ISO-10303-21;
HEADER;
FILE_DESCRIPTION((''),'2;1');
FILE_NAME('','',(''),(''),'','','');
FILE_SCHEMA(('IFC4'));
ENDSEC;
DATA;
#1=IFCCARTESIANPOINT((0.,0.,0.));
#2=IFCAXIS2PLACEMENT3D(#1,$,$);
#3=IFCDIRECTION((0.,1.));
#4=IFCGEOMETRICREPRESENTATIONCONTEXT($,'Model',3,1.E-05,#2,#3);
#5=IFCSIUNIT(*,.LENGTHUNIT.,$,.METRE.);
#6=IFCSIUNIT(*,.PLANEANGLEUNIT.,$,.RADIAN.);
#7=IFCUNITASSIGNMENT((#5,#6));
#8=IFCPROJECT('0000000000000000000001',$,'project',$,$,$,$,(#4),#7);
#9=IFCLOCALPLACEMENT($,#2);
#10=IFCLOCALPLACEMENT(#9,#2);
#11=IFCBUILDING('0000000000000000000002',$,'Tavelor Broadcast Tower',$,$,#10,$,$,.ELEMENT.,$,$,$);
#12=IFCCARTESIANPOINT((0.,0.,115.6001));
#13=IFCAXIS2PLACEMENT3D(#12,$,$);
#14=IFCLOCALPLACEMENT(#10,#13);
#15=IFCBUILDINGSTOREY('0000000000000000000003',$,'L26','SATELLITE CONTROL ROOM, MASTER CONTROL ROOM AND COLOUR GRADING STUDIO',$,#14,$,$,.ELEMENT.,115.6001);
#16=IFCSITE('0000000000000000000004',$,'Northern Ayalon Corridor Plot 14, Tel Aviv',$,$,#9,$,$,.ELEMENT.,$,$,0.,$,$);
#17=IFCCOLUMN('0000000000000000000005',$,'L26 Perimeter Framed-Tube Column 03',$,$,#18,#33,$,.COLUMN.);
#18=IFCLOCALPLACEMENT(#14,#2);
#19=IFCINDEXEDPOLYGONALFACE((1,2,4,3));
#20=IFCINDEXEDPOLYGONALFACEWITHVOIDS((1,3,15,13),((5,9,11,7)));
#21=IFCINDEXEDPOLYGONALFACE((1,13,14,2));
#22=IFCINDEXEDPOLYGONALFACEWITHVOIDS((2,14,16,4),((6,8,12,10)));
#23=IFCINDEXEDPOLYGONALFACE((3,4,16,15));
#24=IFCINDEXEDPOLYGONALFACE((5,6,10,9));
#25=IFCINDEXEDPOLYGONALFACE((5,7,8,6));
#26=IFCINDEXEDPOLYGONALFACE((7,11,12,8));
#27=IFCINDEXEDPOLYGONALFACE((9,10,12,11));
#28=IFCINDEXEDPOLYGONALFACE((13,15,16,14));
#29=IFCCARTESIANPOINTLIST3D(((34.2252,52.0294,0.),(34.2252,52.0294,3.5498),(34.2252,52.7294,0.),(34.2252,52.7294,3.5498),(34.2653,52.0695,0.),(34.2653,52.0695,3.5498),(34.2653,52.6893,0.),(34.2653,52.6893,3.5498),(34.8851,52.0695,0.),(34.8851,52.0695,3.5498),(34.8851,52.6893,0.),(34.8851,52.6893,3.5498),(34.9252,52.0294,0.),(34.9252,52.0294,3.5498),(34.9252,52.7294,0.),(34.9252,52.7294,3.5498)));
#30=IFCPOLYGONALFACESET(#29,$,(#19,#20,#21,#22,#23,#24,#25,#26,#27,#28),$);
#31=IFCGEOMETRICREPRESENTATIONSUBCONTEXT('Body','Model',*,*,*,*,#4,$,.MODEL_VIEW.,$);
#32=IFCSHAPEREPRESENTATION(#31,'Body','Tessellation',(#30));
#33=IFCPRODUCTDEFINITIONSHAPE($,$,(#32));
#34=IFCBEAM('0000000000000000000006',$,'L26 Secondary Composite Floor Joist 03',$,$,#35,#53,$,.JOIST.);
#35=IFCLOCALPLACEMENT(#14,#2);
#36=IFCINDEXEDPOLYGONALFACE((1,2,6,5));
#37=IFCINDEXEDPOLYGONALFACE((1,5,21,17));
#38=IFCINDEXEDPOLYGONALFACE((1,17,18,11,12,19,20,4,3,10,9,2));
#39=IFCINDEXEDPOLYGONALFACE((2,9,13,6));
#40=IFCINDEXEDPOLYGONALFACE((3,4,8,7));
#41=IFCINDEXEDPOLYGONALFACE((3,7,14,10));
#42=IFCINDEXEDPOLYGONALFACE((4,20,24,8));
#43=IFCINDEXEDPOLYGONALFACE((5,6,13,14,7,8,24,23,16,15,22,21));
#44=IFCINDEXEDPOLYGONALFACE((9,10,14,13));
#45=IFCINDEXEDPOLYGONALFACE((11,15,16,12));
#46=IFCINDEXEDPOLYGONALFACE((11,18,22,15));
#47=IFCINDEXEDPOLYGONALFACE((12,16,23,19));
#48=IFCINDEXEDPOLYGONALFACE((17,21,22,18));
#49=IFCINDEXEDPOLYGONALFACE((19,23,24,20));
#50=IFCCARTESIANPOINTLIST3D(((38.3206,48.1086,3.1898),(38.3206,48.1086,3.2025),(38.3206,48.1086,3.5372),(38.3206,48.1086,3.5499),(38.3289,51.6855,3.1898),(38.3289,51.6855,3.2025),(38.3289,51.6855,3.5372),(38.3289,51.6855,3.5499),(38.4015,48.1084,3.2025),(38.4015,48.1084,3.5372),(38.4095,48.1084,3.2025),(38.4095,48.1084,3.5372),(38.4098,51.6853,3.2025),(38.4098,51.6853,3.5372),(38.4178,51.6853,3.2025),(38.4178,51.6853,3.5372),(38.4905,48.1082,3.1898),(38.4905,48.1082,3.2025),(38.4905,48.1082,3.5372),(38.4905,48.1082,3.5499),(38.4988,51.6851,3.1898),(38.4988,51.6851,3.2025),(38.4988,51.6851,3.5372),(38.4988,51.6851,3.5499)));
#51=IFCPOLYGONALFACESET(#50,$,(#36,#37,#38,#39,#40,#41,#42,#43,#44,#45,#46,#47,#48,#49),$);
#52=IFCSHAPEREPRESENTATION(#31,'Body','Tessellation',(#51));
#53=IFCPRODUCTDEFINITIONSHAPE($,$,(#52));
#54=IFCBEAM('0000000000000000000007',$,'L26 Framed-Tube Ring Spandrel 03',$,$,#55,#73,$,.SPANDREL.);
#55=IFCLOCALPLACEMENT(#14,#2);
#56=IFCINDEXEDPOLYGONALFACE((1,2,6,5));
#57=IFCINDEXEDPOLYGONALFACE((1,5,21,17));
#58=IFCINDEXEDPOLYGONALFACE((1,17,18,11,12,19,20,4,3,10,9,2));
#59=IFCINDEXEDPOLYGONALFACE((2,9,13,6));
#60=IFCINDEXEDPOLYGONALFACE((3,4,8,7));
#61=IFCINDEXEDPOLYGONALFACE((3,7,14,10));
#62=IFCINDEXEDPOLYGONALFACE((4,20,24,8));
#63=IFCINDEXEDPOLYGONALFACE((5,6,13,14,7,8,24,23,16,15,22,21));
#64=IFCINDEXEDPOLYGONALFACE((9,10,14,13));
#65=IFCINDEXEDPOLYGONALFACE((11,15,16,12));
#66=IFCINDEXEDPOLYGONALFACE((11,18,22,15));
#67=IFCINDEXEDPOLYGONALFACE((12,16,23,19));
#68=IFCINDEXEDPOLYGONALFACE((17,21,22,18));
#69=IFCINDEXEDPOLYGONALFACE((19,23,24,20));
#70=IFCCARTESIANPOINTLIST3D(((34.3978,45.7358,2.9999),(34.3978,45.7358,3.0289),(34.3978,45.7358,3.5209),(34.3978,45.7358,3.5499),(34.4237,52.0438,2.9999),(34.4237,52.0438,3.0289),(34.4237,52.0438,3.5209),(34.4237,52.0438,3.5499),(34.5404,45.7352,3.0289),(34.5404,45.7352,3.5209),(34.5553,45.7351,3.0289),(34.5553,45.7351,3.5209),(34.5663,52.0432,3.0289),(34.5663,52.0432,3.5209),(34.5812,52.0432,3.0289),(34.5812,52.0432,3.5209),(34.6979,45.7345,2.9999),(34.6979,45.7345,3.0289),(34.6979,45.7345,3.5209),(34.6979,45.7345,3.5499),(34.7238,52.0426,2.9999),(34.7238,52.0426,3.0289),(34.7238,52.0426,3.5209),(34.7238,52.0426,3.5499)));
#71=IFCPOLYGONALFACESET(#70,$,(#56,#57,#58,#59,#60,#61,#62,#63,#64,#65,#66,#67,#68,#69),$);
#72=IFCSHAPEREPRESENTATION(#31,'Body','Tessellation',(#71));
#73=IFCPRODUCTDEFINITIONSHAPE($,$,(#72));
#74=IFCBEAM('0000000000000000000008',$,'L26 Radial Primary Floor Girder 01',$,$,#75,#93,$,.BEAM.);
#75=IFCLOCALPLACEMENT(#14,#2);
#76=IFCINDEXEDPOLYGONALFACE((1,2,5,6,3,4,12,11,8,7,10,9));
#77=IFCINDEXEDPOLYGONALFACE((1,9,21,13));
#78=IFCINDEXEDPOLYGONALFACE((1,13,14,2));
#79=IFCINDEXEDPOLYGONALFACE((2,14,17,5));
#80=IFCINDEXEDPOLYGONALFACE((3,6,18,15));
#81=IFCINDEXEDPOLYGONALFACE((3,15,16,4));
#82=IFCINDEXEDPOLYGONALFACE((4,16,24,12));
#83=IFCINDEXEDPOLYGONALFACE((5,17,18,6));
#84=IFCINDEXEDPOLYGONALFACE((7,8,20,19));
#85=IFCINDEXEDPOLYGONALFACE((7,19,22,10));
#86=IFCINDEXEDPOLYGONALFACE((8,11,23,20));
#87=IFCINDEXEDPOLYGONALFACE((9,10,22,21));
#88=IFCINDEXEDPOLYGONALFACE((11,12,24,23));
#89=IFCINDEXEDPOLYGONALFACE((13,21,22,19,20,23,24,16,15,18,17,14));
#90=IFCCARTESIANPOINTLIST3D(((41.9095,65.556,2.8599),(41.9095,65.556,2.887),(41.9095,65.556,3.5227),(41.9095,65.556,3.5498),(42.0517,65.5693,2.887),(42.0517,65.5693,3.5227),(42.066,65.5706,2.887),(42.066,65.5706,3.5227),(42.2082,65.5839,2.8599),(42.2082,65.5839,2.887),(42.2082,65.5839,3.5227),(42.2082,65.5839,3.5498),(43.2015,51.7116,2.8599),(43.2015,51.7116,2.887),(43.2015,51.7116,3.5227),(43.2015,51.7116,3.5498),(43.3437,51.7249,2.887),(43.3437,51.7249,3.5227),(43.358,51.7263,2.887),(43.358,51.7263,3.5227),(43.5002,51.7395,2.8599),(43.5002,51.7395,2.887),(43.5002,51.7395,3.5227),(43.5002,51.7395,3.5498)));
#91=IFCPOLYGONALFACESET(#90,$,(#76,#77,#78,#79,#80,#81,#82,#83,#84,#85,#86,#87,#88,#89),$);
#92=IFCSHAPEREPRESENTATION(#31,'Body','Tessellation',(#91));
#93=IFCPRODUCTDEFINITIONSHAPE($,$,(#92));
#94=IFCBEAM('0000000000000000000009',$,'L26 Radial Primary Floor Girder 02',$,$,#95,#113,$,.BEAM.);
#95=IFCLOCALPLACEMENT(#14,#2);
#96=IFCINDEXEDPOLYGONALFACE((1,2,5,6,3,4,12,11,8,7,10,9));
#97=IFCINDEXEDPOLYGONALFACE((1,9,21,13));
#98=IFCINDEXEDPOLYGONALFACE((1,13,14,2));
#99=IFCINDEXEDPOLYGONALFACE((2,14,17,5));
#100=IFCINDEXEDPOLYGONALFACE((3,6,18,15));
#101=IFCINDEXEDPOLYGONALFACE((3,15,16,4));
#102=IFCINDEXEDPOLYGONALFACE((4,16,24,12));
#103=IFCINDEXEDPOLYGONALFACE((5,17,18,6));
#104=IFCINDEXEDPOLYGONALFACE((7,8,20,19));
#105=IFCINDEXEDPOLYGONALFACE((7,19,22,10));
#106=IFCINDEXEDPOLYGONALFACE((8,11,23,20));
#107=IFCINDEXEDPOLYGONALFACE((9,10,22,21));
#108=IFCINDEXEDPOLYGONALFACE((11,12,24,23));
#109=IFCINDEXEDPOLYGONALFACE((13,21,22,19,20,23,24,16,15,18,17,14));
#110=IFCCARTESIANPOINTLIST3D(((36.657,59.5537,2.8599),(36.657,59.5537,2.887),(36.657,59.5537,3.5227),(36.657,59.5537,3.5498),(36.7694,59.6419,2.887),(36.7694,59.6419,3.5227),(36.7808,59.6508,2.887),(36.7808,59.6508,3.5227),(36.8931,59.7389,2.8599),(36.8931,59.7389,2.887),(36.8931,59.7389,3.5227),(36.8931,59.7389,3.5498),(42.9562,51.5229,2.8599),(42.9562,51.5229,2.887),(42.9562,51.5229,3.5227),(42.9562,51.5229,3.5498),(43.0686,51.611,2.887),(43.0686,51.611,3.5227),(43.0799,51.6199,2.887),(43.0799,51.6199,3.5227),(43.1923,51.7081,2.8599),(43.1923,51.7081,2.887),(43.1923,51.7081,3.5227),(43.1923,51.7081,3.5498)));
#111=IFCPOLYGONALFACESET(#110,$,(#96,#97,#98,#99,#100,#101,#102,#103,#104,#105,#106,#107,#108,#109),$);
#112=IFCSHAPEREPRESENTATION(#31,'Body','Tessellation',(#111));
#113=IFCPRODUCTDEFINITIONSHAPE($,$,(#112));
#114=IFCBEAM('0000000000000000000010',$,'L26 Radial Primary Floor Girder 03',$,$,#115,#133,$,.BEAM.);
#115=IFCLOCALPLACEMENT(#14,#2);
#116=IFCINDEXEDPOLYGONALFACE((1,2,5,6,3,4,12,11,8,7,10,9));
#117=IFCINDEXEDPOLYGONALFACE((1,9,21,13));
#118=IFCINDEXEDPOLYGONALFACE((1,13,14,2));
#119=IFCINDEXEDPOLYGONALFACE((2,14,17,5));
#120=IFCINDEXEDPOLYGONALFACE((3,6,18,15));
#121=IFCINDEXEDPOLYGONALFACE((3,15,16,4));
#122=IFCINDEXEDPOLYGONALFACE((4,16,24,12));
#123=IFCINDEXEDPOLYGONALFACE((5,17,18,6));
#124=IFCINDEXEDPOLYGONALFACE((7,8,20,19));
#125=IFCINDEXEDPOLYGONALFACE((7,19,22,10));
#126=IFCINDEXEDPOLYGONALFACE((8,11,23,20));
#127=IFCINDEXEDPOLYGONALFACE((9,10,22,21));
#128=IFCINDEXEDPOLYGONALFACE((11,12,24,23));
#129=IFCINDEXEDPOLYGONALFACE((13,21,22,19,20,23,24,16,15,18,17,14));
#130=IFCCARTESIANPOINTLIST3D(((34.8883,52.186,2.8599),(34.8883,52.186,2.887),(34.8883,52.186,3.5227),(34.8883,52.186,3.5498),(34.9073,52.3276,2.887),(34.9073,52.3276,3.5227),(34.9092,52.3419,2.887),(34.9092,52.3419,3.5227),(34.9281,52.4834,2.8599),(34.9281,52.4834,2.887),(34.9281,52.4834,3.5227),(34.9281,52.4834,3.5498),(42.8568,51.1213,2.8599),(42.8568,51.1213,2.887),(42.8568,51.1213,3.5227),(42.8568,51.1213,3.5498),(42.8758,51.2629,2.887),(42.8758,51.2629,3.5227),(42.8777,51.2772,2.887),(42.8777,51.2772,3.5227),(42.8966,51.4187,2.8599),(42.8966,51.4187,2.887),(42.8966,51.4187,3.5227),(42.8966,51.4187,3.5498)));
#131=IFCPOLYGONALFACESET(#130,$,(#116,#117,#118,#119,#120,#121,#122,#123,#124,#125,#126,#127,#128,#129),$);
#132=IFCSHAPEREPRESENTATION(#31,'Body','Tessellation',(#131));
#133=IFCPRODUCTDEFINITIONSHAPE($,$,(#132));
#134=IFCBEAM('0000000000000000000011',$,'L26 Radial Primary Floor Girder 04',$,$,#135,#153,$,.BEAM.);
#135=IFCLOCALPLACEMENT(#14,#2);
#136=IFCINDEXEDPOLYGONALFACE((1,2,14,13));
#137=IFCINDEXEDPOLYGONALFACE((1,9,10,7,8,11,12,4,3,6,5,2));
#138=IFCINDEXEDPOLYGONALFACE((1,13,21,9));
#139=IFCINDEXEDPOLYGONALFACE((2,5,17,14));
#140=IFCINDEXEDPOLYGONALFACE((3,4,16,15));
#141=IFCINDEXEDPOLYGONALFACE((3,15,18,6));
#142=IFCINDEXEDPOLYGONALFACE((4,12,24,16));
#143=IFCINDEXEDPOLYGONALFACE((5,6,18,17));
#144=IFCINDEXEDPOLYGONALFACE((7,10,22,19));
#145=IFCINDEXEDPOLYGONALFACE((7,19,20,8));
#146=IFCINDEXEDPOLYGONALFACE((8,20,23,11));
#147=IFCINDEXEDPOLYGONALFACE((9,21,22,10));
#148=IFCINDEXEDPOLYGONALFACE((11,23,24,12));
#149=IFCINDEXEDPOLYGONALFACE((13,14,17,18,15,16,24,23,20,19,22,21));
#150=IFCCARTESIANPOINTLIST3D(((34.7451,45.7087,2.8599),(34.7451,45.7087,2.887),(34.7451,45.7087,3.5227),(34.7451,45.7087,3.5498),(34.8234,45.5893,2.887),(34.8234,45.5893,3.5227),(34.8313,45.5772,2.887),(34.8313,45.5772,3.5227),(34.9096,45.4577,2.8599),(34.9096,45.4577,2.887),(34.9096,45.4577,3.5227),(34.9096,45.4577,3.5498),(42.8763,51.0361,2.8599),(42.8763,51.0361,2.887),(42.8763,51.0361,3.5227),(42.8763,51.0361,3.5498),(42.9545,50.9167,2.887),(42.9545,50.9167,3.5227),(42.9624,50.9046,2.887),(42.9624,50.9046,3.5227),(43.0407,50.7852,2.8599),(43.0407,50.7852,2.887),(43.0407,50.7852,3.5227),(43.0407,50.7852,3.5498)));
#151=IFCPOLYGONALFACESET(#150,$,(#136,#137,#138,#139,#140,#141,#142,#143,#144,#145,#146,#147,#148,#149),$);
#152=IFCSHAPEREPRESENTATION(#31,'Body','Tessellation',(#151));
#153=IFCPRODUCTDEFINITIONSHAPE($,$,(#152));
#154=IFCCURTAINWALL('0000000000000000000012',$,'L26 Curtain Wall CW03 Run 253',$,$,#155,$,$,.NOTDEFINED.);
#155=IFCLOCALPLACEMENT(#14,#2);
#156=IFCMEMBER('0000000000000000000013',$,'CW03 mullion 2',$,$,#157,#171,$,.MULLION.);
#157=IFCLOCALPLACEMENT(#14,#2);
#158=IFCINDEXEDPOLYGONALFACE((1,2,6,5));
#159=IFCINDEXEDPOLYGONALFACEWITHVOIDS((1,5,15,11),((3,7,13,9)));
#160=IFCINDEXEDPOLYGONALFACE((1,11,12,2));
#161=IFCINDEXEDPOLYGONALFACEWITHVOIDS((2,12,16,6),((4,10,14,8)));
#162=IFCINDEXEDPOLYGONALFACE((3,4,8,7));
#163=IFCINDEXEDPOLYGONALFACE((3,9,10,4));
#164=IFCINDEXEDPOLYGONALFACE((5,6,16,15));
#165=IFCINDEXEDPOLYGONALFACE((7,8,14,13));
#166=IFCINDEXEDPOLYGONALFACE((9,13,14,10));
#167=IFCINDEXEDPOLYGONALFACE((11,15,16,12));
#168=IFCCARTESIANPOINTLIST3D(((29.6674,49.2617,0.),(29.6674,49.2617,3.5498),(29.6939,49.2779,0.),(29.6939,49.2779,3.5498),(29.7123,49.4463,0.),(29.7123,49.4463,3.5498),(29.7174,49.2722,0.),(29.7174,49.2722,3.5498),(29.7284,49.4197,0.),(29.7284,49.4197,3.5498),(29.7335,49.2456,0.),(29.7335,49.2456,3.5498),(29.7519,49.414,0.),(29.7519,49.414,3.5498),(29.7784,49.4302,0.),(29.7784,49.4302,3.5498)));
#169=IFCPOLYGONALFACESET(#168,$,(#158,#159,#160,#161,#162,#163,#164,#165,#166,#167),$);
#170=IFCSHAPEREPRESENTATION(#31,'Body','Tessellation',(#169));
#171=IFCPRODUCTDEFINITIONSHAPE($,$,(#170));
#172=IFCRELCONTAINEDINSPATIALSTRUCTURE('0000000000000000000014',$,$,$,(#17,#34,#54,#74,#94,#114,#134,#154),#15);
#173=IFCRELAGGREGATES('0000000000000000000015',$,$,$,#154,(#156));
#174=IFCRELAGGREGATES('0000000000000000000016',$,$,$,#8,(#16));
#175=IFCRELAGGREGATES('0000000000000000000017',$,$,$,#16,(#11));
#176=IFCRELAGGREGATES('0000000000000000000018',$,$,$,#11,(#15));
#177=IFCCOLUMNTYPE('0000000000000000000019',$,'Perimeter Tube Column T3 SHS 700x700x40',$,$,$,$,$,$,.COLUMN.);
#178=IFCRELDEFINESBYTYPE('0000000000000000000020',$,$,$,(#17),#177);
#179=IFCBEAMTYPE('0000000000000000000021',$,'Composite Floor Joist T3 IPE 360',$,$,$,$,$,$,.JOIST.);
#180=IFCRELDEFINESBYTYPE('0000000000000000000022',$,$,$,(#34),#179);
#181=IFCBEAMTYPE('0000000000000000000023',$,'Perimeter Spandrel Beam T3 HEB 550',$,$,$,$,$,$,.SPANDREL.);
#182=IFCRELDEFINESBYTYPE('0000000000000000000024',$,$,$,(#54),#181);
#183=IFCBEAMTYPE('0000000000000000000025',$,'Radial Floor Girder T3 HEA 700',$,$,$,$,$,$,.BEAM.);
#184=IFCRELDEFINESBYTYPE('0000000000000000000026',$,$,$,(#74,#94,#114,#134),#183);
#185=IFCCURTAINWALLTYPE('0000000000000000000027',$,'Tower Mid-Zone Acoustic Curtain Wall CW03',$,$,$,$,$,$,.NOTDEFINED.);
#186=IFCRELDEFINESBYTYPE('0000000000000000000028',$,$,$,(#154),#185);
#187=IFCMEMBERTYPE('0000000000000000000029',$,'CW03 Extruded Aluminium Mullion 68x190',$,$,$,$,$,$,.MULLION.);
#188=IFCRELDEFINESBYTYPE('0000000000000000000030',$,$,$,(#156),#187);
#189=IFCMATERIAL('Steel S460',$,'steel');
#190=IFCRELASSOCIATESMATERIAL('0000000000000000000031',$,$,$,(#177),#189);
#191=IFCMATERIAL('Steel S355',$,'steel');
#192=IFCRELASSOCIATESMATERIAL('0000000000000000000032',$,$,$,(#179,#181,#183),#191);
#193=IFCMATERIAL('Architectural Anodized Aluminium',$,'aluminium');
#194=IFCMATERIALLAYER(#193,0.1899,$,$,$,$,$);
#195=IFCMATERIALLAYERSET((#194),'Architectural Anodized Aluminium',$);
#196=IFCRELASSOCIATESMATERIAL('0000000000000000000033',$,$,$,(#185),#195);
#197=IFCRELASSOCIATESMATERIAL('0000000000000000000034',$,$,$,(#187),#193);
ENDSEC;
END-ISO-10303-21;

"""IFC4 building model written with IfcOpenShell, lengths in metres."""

from ifc_helpers import new_model, si_unit, direction, frame, origin, origin_2d, place, context, subcontext, project, spatial, hollow_rectangle, i_section, extrude, source, transform, mapped, material, layer, layer_set, material_profile, profile_set, type_object, type_shapes, element, aggregate, save


model = new_model("IFC4")

# Units and contexts
model_context = context("Model", 3, precision=1e-05, world=origin(), true_north=direction((0.0, 1.0)))
body_context = subcontext(model_context, "Body", "Model", "MODEL_VIEW")
ifc_project = project(units=[si_unit("LENGTHUNIT", "METRE"), si_unit("PLANEANGLEUNIT", "RADIAN")], contexts=[model_context])

# Site, building, storey
site_placement = place(None, origin())
site = spatial("IfcSite", under=ifc_project, at=site_placement, Name="Northern Ayalon Corridor Plot 14, Tel Aviv", CompositionType="ELEMENT", RefElevation=0.0)
building_placement = place(site_placement, origin())
building = spatial("IfcBuilding", under=site, at=building_placement, Name="Tavelor Broadcast Tower", CompositionType="ELEMENT")
storey_placement = place(building_placement, frame((0.0, 0.0, 115.6001)))
storey = spatial("IfcBuildingStorey", under=building, at=storey_placement, Name="L26", Description="SATELLITE CONTROL ROOM, MASTER CONTROL ROOM AND COLOUR GRADING STUDIO", CompositionType="ELEMENT", Elevation=115.6001)

# Column
ifc_material_1 = material(Name="Steel S460", Category="steel")
ifc_material_profile_1 = material_profile(ifc_material_1, hollow_rectangle(XDim=0.7, YDim=0.7, WallThickness=0.04, at=origin_2d()), Name="SHS 700x700x40")
ifc_profile_set_1 = profile_set([ifc_material_profile_1], Name="Steel S460")
column_type = type_object("IfcColumnType", Name="Perimeter Tube Column T3 SHS 700x700x40", PredefinedType="COLUMN", material=ifc_profile_set_1)
column_placement = place(storey_placement, frame((34.5752, 52.3794, 0.0), z_axis=(0.0, 0.0, 1.0), x_axis=(1.0, 0.0, 0.0)))
element("IfcColumn", 1, at=column_placement, inside=storey, type_object=column_type, Name="L26 Perimeter Framed-Tube Column 03", PredefinedType="COLUMN", context=body_context, shape_type="SweptSolid", body=[
    extrude(hollow_rectangle(XDim=0.7, YDim=0.7, WallThickness=0.04, at=origin_2d()), origin(), (0.0, 0.0, 1.0), 3.5498),
])

# Beams
ifc_material_2 = material(Name="Steel S355", Category="steel")
ifc_material_profile_2 = material_profile(ifc_material_2, i_section(OverallWidth=0.1699, OverallDepth=0.3601, WebThickness=0.0081, FlangeThickness=0.0127, at=origin_2d()), Name="IPE 360")
ifc_profile_set_2 = profile_set([ifc_material_profile_2], Name="Steel S355")
beam_type_1 = type_object("IfcBeamType", Name="Composite Floor Joist T3 IPE 360", PredefinedType="JOIST", material=ifc_profile_set_2)
beam_1_placement = place(storey_placement, frame((38.4138, 51.6853, 3.3699), z_axis=(-0.002321, -0.999997, 0.0), x_axis=(0.999997, -0.002321, 0.0)))
element("IfcBeam", 2, at=beam_1_placement, inside=storey, type_object=beam_type_1, Name="L26 Secondary Composite Floor Joist 03", PredefinedType="JOIST", context=body_context, shape_type="SweptSolid", body=[
    extrude(i_section(OverallWidth=0.1699, OverallDepth=0.3601, WebThickness=0.0081, FlangeThickness=0.0127, at=origin_2d()), origin(), (0.0, 0.0, 1.0), 3.5769),
])
ifc_material_profile_3 = material_profile(ifc_material_2, i_section(OverallWidth=0.3, OverallDepth=0.55, WebThickness=0.0149, FlangeThickness=0.0291, at=origin_2d()), Name="HEB 550")
ifc_profile_set_3 = profile_set([ifc_material_profile_3], Name="Steel S355")
beam_type_2 = type_object("IfcBeamType", Name="Perimeter Spandrel Beam T3 HEB 550", PredefinedType="SPANDREL", material=ifc_profile_set_3)
beam_2_placement = place(storey_placement, frame((34.5737, 52.0432, 3.2749), z_axis=(-0.004102, -0.999992, 0.0), x_axis=(0.999992, -0.004102, 0.0)))
element("IfcBeam", 3, at=beam_2_placement, inside=storey, type_object=beam_type_2, Name="L26 Framed-Tube Ring Spandrel 03", PredefinedType="SPANDREL", context=body_context, shape_type="SweptSolid", body=[
    extrude(i_section(OverallWidth=0.3, OverallDepth=0.55, WebThickness=0.0149, FlangeThickness=0.0291, at=origin_2d()), origin(), (0.0, 0.0, 1.0), 6.3081),
])
ifc_material_profile_4 = material_profile(ifc_material_2, i_section(OverallWidth=0.3, OverallDepth=0.6899, WebThickness=0.0144, FlangeThickness=0.0271, at=origin_2d()), Name="HEA 700")
ifc_profile_set_4 = profile_set([ifc_material_profile_4], Name="Steel S355")
beam_type_3 = type_object("IfcBeamType", Name="Radial Floor Girder T3 HEA 700", PredefinedType="BEAM", material=ifc_profile_set_4)
beam_3_placement = place(storey_placement, frame((43.3508, 51.7256, 3.2048), z_axis=(-0.092918, 0.995674, 0.0), x_axis=(-0.995674, -0.092918, 0.0)))
element("IfcBeam", 4, at=beam_3_placement, inside=storey, type_object=beam_type_3, Name="L26 Radial Primary Floor Girder 01", PredefinedType="BEAM", context=body_context, shape_type="SweptSolid", body=[
    extrude(i_section(OverallWidth=0.3, OverallDepth=0.6899, WebThickness=0.0144, FlangeThickness=0.0271, at=origin_2d()), origin(), (0.0, 0.0, 1.0), 13.9045),
])
beam_4_placement = place(storey_placement, frame((43.0742, 51.6155, 3.2048), z_axis=(-0.617166, 0.786833, 0.0), x_axis=(-0.786833, -0.617166, 0.0)))
element("IfcBeam", 5, at=beam_4_placement, inside=storey, type_object=beam_type_3, Name="L26 Radial Primary Floor Girder 02", PredefinedType="BEAM", context=body_context, shape_type="SweptSolid", body=[
    extrude(i_section(OverallWidth=0.3, OverallDepth=0.6899, WebThickness=0.0144, FlangeThickness=0.0271, at=origin_2d()), origin(), (0.0, 0.0, 1.0), 10.2065),
])
beam_5_placement = place(storey_placement, frame((42.8767, 51.27, 3.2048), z_axis=(-0.991192, 0.132436, 0.0), x_axis=(-0.132436, -0.991192, 0.0)))
element("IfcBeam", 6, at=beam_5_placement, inside=storey, type_object=beam_type_3, Name="L26 Radial Primary Floor Girder 03", PredefinedType="BEAM", context=body_context, shape_type="SweptSolid", body=[
    extrude(i_section(OverallWidth=0.3, OverallDepth=0.6899, WebThickness=0.0144, FlangeThickness=0.0271, at=origin_2d()), origin(), (0.0, 0.0, 1.0), 8.0393),
])
beam_6_placement = place(storey_placement, frame((42.9585, 50.9106, 3.2048), z_axis=(-0.836456, -0.548035, 0.0), x_axis=(0.548035, -0.836456, 0.0)))
element("IfcBeam", 7, at=beam_6_placement, inside=storey, type_object=beam_type_3, Name="L26 Radial Primary Floor Girder 04", PredefinedType="BEAM", context=body_context, shape_type="SweptSolid", body=[
    extrude(i_section(OverallWidth=0.3, OverallDepth=0.6899, WebThickness=0.0144, FlangeThickness=0.0271, at=origin_2d()), origin(), (0.0, 0.0, 1.0), 9.7209),
])

# Curtain wall, member
ifc_material_3 = material(Name="Architectural Anodized Aluminium", Category="aluminium")
ifc_layer_1 = layer(ifc_material_3, 0.1899)
ifc_layer_set_1 = layer_set([ifc_layer_1], Name="Architectural Anodized Aluminium")
curtain_wall_type = type_object("IfcCurtainWallType", Name="Tower Mid-Zone Acoustic Curtain Wall CW03", PredefinedType="NOTDEFINED", material=ifc_layer_set_1)
curtain_wall_1_placement = place(storey_placement, origin())
curtain_wall_1 = element("IfcCurtainWall", 8, at=curtain_wall_1_placement, inside=storey, type_object=curtain_wall_type, Name="L26 Curtain Wall CW03 Run 253", PredefinedType="NOTDEFINED")
ifc_material_profile_5 = material_profile(ifc_material_3, hollow_rectangle(XDim=0.0681, YDim=0.1899, WallThickness=0.022, at=origin_2d()), Name="RHS 68x190x22")
ifc_profile_set_5 = profile_set([ifc_material_profile_5], Name="Architectural Anodized Aluminium")
member_type_1 = type_object("IfcMemberType", Name="CW03 Extruded Aluminium Mullion 68x190", PredefinedType="MULLION", material=ifc_profile_set_5)
shared_shape_1 = source(origin(), body_context, "Body", "SweptSolid", [
    extrude(hollow_rectangle(XDim=0.0681, YDim=0.1899, WallThickness=0.022, at=origin_2d()), origin(), (0.0, 0.0, 1.0), 3.5498),
])
type_shapes(member_type_1, [shared_shape_1])
member_1_placement = place(storey_placement, frame((29.7229, 49.3459, 0.0), z_axis=(0.0, 0.0, 1.0), x_axis=(0.971652, -0.236416, 0.0)))
member_1 = element("IfcMember", 9, at=member_1_placement, type_object=member_type_1, Name="CW03 mullion 2", PredefinedType="MULLION", context=body_context, shape_type="MappedRepresentation", body=[
    mapped(shared_shape_1, transform((0.0, 0.0, 0.0), scale=1.0)),
])
aggregate(curtain_wall_1, [member_1])

save(model, "model.ifc")
